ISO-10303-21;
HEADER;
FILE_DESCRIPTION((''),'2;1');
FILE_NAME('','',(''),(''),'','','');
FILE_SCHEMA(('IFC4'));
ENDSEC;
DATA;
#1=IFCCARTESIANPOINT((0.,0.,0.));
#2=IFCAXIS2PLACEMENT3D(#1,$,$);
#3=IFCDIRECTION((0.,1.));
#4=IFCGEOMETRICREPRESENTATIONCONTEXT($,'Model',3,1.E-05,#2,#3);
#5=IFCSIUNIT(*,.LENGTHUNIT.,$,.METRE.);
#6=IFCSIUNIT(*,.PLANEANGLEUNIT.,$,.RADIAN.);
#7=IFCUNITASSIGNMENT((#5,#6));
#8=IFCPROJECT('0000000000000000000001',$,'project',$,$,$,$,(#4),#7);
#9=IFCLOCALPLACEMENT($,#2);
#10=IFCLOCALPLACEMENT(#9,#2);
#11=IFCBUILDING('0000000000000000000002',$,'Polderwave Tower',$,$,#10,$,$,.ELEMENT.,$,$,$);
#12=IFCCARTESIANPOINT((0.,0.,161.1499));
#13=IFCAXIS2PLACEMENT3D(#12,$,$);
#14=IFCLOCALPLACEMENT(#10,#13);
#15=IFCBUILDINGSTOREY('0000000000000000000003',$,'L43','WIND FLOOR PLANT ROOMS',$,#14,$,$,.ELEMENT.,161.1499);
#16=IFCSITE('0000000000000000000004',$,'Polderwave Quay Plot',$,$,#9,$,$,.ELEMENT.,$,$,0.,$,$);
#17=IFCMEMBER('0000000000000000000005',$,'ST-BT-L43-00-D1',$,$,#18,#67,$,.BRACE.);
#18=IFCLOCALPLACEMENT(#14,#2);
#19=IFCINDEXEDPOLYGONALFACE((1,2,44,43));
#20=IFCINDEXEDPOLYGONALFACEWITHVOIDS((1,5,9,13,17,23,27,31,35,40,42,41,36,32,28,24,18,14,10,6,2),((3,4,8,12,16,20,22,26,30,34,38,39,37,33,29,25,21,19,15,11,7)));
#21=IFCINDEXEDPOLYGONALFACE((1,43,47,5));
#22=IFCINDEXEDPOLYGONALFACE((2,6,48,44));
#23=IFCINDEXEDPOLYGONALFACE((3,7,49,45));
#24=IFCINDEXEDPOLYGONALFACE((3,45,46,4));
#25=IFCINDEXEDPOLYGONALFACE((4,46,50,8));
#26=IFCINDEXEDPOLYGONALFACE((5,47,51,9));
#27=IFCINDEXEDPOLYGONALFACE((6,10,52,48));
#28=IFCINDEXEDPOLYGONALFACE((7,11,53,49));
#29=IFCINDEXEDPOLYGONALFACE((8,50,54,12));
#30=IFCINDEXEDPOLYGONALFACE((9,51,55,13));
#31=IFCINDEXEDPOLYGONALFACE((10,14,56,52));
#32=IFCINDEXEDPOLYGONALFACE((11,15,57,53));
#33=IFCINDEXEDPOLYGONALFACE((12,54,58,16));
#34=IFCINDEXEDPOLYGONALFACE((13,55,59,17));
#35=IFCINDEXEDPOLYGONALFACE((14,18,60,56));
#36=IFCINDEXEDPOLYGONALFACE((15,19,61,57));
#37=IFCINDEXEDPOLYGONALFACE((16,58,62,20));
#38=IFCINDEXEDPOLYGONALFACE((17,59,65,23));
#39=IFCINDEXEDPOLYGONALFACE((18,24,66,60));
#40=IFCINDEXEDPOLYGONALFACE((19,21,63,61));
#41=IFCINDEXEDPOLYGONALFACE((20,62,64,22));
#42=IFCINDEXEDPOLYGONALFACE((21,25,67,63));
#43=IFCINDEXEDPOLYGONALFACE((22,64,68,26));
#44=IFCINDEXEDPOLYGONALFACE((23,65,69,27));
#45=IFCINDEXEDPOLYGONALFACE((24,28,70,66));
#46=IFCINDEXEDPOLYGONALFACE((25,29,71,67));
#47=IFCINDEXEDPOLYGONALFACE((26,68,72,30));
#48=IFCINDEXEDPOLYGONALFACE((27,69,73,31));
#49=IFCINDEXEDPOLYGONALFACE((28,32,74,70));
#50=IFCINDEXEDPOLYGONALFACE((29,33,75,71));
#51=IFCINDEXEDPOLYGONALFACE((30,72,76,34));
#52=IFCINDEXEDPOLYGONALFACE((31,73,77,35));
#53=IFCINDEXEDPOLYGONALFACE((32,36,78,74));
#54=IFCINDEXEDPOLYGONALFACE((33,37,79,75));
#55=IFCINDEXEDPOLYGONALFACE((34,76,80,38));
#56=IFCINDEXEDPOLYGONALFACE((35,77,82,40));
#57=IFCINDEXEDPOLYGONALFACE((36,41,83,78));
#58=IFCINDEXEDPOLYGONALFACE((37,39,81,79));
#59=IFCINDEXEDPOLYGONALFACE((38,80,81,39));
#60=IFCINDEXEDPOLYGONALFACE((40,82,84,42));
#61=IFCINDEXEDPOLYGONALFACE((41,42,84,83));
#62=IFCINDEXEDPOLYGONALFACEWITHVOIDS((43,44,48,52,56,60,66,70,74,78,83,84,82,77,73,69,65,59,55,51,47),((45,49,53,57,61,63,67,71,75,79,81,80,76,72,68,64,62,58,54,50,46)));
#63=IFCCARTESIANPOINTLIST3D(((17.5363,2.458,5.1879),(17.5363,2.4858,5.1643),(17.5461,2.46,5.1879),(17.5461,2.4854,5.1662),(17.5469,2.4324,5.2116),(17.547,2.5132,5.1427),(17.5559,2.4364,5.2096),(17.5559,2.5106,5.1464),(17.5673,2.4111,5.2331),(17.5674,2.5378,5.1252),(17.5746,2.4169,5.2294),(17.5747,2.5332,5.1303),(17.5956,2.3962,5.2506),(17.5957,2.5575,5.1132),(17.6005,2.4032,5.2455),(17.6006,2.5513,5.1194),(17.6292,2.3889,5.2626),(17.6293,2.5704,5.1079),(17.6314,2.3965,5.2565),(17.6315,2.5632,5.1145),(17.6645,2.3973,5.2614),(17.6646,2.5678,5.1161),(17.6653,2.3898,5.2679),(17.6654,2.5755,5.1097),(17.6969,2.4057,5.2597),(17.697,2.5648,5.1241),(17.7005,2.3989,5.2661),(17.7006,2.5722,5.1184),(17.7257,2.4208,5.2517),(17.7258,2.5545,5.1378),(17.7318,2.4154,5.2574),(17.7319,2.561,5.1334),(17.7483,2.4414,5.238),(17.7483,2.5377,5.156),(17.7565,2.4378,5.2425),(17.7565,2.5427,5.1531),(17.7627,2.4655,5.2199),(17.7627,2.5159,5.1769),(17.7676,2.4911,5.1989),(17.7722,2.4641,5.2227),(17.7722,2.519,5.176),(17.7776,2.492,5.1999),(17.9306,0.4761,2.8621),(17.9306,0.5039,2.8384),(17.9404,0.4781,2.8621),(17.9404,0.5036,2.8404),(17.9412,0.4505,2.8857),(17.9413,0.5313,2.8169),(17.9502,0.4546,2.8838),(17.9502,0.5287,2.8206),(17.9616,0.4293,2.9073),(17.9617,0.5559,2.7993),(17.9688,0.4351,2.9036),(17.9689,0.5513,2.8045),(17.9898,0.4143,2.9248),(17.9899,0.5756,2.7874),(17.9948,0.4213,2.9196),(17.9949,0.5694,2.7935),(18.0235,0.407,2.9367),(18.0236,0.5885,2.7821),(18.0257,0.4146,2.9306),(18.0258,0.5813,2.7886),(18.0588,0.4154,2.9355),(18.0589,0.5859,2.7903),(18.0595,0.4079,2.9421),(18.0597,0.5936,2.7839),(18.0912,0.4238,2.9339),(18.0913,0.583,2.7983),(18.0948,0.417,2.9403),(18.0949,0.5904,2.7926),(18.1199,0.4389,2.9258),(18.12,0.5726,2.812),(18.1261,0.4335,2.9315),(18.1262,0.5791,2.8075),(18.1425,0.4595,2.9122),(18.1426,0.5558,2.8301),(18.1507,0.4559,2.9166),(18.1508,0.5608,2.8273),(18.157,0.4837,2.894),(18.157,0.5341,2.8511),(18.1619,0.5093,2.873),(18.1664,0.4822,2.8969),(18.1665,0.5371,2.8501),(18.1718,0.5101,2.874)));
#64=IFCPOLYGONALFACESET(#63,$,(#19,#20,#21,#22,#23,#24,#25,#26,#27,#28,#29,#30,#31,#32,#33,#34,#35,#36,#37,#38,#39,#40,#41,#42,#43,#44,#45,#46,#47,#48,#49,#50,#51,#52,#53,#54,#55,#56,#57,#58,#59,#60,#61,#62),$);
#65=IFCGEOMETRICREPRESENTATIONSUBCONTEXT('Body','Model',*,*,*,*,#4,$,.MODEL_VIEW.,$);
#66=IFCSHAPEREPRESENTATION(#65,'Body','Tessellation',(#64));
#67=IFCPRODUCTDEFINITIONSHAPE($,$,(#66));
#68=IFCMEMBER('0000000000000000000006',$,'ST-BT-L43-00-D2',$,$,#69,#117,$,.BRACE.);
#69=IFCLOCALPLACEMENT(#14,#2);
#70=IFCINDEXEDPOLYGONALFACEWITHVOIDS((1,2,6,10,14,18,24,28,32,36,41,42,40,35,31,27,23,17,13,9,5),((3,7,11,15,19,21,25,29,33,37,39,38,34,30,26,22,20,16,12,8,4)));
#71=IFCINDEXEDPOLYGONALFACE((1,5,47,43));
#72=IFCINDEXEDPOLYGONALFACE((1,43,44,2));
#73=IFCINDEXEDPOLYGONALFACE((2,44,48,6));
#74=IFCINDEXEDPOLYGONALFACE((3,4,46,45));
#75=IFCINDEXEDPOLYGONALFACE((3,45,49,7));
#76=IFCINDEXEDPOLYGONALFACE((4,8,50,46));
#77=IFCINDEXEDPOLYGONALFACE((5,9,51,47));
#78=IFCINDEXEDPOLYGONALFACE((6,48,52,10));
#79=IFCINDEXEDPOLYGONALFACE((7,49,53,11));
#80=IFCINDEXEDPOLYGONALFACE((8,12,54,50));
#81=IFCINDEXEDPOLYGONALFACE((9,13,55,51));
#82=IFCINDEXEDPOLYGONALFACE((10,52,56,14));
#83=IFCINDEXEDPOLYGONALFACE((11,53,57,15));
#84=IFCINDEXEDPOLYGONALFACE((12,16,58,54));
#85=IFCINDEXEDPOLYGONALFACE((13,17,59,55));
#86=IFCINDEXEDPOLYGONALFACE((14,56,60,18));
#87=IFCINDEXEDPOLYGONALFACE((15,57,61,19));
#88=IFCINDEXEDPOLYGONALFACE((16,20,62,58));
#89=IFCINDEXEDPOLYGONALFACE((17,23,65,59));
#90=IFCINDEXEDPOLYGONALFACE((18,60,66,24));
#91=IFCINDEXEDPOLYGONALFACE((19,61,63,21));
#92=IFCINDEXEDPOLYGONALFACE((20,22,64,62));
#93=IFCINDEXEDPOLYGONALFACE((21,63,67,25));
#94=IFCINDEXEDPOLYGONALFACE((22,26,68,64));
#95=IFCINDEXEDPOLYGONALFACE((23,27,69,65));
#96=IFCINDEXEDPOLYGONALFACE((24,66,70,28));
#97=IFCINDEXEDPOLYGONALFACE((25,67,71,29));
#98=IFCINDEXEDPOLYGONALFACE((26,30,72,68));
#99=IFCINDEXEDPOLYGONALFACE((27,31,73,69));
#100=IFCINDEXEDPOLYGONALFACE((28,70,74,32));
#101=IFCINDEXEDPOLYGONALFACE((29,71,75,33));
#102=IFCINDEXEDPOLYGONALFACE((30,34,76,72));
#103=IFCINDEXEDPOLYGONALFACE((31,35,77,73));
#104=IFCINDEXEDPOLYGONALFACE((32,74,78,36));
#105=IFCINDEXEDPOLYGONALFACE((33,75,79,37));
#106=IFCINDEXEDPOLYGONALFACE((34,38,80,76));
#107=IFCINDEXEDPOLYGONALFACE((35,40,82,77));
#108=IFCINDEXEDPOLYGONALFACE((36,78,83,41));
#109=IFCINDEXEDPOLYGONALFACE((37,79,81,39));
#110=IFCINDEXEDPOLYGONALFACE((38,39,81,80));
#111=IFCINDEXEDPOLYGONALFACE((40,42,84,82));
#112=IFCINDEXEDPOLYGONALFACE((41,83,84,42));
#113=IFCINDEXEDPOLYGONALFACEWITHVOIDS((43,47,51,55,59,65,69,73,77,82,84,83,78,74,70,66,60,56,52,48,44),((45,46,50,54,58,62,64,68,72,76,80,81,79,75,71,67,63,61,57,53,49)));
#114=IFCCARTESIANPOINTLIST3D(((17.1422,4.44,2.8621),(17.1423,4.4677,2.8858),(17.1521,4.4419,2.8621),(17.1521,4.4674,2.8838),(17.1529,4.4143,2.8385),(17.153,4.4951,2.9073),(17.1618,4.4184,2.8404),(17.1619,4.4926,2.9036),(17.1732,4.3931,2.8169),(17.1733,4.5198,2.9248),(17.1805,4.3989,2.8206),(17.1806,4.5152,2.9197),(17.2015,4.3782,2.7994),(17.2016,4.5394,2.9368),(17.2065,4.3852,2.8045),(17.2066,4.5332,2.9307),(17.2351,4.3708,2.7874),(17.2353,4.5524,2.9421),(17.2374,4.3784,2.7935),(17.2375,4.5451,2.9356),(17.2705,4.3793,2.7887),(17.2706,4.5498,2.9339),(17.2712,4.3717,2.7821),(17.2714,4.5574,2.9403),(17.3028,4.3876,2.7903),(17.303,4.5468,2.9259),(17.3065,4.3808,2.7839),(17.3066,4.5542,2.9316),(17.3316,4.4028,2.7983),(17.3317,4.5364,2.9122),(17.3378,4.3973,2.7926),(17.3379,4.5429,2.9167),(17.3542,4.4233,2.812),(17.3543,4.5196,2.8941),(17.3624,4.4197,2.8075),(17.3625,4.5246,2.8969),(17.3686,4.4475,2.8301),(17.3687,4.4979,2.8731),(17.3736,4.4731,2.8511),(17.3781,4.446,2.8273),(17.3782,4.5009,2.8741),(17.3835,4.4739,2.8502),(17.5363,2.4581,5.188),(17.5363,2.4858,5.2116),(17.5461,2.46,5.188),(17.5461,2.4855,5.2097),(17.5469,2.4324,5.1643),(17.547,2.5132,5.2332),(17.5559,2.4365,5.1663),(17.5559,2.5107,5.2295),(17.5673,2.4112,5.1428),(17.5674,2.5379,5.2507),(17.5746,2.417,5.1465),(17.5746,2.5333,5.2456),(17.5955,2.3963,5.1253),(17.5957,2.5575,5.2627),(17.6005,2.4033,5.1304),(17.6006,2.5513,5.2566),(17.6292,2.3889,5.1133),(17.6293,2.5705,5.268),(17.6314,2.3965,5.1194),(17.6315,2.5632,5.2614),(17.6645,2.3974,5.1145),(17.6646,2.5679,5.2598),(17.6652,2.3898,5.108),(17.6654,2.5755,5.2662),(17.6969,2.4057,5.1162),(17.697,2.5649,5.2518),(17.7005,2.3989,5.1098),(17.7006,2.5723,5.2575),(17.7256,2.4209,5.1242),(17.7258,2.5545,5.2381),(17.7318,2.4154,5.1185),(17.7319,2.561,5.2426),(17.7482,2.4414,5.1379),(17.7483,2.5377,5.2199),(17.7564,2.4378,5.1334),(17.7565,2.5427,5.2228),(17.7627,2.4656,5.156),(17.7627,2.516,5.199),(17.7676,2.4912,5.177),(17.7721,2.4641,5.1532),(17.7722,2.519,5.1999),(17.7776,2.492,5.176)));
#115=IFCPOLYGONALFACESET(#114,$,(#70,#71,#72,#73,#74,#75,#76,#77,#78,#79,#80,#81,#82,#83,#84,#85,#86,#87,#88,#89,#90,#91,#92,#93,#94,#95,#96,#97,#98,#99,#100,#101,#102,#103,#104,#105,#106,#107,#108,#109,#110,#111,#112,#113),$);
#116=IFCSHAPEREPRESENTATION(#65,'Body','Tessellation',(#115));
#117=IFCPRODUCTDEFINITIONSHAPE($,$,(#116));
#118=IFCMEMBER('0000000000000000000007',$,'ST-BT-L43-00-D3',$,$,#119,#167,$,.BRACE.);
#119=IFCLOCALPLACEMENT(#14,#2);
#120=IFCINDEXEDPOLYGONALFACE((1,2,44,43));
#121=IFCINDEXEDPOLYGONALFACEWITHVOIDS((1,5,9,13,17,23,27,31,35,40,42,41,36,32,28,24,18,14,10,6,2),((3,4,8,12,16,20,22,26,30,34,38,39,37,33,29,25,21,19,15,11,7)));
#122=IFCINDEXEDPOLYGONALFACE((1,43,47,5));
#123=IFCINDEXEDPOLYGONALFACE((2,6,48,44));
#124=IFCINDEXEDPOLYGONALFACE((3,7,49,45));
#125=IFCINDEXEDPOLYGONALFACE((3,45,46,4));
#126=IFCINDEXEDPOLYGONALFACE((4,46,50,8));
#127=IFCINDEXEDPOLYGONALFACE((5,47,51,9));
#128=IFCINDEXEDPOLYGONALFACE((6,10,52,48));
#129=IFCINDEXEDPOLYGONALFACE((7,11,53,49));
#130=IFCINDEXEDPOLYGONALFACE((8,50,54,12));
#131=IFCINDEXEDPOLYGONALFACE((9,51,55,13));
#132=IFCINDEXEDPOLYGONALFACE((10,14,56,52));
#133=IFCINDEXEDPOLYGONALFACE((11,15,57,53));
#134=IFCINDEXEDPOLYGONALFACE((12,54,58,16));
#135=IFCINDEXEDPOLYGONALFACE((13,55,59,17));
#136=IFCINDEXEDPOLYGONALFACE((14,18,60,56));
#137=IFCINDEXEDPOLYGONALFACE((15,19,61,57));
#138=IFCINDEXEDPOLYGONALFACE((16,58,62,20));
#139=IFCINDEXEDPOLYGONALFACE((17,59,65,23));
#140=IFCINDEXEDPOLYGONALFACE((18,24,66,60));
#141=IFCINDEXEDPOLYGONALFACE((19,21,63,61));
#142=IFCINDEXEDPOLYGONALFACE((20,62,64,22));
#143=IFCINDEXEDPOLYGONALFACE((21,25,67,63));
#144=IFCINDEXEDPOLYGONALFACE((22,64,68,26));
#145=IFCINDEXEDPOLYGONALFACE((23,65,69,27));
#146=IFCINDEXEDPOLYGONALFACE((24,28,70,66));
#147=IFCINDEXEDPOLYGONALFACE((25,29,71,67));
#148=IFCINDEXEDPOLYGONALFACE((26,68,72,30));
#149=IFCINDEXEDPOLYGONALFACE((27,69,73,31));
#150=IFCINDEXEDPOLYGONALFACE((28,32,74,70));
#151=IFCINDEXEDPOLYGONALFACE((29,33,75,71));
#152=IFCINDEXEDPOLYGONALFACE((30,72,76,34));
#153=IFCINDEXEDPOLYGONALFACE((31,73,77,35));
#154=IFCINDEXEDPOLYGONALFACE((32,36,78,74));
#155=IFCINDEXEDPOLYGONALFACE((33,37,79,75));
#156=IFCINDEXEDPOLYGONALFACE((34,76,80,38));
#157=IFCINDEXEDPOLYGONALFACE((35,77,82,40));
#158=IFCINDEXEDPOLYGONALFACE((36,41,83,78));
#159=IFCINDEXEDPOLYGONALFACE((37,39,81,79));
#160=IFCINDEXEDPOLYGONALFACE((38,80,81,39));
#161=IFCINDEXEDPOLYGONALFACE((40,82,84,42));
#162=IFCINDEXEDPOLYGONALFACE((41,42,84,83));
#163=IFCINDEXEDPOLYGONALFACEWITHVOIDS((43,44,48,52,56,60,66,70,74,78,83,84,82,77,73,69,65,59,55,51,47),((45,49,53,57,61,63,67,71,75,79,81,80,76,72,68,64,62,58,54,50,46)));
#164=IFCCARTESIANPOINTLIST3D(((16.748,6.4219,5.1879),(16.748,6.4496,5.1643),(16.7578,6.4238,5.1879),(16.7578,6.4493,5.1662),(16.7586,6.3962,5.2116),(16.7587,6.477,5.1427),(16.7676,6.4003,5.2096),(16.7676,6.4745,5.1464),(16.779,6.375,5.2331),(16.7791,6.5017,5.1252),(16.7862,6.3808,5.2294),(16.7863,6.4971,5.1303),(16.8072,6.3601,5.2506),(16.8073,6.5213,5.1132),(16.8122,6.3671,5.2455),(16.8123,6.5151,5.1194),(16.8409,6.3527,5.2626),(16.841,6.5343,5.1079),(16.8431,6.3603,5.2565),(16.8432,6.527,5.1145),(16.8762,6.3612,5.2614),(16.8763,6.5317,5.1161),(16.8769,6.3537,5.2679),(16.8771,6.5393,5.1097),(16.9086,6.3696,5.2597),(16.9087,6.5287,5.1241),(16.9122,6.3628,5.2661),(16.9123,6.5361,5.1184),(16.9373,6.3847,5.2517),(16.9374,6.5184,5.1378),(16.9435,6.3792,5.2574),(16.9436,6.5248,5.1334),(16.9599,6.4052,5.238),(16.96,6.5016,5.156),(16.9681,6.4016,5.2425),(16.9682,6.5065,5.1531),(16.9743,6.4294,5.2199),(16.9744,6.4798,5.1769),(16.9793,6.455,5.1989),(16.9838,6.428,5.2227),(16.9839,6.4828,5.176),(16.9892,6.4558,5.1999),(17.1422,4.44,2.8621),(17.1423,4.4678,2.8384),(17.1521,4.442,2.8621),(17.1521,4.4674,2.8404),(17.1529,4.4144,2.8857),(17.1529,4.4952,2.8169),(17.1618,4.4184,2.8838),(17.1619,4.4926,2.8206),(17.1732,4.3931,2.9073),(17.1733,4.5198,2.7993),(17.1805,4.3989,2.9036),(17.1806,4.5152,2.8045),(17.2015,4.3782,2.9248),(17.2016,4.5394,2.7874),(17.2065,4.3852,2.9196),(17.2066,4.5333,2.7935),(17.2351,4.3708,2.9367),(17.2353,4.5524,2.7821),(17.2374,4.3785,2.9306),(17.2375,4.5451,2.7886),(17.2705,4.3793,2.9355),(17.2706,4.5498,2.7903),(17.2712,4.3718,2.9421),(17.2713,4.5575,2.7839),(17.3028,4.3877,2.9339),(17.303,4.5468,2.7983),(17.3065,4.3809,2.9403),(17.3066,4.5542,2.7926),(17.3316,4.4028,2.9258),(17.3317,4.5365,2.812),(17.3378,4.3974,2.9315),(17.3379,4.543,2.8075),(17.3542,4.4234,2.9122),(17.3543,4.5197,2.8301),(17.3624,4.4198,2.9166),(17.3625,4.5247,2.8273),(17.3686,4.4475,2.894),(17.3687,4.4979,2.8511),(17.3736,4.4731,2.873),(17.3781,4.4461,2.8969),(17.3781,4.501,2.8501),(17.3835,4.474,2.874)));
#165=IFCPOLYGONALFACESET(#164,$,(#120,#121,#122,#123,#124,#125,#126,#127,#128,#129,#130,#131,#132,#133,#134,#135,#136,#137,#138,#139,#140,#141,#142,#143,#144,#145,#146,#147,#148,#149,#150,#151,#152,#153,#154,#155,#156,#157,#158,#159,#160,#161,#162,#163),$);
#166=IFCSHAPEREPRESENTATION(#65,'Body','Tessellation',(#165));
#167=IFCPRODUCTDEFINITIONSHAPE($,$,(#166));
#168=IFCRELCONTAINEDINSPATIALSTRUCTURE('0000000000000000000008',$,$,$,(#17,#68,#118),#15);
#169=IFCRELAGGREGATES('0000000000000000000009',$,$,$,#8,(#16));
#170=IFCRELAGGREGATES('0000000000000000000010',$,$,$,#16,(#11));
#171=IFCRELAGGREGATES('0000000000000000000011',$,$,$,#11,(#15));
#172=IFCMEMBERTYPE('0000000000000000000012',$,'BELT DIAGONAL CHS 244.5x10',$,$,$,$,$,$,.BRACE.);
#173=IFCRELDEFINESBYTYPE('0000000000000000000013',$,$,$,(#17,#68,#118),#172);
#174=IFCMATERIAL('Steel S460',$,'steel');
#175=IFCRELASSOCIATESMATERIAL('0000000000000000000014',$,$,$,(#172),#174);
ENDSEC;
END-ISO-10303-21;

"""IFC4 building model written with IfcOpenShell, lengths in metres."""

from ifc_helpers import new_model, si_unit, direction, frame, origin, origin_2d, place, context, subcontext, project, spatial, hollow_circle, extrude, material, material_profile, profile_set, type_object, element, save


model = new_model("IFC4")

# Units and contexts
model_context = context("Model", 3, precision=1e-05, world=origin(), true_north=direction((0.0, 1.0)))
body_context = subcontext(model_context, "Body", "Model", "MODEL_VIEW")
ifc_project = project(units=[si_unit("LENGTHUNIT", "METRE"), si_unit("PLANEANGLEUNIT", "RADIAN")], contexts=[model_context])

# Site, building, storey
site_placement = place(None, origin())
site = spatial("IfcSite", under=ifc_project, at=site_placement, Name="Polderwave Quay Plot", CompositionType="ELEMENT", RefElevation=0.0)
building_placement = place(site_placement, origin())
building = spatial("IfcBuilding", under=site, at=building_placement, Name="Polderwave Tower", CompositionType="ELEMENT")
storey_placement = place(building_placement, frame((0.0, 0.0, 161.1499)))
storey = spatial("IfcBuildingStorey", under=building, at=storey_placement, Name="L43", Description="WIND FLOOR PLANT ROOMS", CompositionType="ELEMENT", Elevation=161.1499)

# Members
ifc_material_1 = material(Name="Steel S460", Category="steel")
ifc_material_profile_1 = material_profile(ifc_material_1, hollow_circle(Radius=0.1223, WallThickness=0.01, at=origin_2d()), Name="CHS 244.5x10")
ifc_profile_set_1 = profile_set([ifc_material_profile_1], Name="Steel S460")
member_type_1 = type_object("IfcMemberType", Name="BELT DIAGONAL CHS 244.5x10", PredefinedType="BRACE", material=ifc_profile_set_1)
for number, where, z_axis, x_axis, name in (
    (1, (18.0505, 0.5, 2.8621), (-0.127968, 0.643246, 0.75489), (-0.98078, -0.195117, 0.0), "ST-BT-L43-00-D1"),
    (2, (17.6562, 2.4819, 5.188), (-0.12789, 0.643252, -0.754898), (-0.980803, -0.195001, 0.0), "ST-BT-L43-00-D2"),
    (3, (17.2622, 4.4639, 2.8621), (-0.127968, 0.643246, 0.75489), (-0.98078, -0.195117, 0.0), "ST-BT-L43-00-D3"),
):
    element("IfcMember", number, at=place(storey_placement, frame(where, z_axis=z_axis, x_axis=x_axis)), inside=storey, type_object=member_type_1, Name=name, PredefinedType="BRACE", context=body_context, shape_type="SweptSolid", body=[
        extrude(hollow_circle(Radius=0.1223, WallThickness=0.01, at=origin_2d()), origin(), (0.0, 0.0, 1.0), 3.0811),
    ])

save(model, "model.ifc")
